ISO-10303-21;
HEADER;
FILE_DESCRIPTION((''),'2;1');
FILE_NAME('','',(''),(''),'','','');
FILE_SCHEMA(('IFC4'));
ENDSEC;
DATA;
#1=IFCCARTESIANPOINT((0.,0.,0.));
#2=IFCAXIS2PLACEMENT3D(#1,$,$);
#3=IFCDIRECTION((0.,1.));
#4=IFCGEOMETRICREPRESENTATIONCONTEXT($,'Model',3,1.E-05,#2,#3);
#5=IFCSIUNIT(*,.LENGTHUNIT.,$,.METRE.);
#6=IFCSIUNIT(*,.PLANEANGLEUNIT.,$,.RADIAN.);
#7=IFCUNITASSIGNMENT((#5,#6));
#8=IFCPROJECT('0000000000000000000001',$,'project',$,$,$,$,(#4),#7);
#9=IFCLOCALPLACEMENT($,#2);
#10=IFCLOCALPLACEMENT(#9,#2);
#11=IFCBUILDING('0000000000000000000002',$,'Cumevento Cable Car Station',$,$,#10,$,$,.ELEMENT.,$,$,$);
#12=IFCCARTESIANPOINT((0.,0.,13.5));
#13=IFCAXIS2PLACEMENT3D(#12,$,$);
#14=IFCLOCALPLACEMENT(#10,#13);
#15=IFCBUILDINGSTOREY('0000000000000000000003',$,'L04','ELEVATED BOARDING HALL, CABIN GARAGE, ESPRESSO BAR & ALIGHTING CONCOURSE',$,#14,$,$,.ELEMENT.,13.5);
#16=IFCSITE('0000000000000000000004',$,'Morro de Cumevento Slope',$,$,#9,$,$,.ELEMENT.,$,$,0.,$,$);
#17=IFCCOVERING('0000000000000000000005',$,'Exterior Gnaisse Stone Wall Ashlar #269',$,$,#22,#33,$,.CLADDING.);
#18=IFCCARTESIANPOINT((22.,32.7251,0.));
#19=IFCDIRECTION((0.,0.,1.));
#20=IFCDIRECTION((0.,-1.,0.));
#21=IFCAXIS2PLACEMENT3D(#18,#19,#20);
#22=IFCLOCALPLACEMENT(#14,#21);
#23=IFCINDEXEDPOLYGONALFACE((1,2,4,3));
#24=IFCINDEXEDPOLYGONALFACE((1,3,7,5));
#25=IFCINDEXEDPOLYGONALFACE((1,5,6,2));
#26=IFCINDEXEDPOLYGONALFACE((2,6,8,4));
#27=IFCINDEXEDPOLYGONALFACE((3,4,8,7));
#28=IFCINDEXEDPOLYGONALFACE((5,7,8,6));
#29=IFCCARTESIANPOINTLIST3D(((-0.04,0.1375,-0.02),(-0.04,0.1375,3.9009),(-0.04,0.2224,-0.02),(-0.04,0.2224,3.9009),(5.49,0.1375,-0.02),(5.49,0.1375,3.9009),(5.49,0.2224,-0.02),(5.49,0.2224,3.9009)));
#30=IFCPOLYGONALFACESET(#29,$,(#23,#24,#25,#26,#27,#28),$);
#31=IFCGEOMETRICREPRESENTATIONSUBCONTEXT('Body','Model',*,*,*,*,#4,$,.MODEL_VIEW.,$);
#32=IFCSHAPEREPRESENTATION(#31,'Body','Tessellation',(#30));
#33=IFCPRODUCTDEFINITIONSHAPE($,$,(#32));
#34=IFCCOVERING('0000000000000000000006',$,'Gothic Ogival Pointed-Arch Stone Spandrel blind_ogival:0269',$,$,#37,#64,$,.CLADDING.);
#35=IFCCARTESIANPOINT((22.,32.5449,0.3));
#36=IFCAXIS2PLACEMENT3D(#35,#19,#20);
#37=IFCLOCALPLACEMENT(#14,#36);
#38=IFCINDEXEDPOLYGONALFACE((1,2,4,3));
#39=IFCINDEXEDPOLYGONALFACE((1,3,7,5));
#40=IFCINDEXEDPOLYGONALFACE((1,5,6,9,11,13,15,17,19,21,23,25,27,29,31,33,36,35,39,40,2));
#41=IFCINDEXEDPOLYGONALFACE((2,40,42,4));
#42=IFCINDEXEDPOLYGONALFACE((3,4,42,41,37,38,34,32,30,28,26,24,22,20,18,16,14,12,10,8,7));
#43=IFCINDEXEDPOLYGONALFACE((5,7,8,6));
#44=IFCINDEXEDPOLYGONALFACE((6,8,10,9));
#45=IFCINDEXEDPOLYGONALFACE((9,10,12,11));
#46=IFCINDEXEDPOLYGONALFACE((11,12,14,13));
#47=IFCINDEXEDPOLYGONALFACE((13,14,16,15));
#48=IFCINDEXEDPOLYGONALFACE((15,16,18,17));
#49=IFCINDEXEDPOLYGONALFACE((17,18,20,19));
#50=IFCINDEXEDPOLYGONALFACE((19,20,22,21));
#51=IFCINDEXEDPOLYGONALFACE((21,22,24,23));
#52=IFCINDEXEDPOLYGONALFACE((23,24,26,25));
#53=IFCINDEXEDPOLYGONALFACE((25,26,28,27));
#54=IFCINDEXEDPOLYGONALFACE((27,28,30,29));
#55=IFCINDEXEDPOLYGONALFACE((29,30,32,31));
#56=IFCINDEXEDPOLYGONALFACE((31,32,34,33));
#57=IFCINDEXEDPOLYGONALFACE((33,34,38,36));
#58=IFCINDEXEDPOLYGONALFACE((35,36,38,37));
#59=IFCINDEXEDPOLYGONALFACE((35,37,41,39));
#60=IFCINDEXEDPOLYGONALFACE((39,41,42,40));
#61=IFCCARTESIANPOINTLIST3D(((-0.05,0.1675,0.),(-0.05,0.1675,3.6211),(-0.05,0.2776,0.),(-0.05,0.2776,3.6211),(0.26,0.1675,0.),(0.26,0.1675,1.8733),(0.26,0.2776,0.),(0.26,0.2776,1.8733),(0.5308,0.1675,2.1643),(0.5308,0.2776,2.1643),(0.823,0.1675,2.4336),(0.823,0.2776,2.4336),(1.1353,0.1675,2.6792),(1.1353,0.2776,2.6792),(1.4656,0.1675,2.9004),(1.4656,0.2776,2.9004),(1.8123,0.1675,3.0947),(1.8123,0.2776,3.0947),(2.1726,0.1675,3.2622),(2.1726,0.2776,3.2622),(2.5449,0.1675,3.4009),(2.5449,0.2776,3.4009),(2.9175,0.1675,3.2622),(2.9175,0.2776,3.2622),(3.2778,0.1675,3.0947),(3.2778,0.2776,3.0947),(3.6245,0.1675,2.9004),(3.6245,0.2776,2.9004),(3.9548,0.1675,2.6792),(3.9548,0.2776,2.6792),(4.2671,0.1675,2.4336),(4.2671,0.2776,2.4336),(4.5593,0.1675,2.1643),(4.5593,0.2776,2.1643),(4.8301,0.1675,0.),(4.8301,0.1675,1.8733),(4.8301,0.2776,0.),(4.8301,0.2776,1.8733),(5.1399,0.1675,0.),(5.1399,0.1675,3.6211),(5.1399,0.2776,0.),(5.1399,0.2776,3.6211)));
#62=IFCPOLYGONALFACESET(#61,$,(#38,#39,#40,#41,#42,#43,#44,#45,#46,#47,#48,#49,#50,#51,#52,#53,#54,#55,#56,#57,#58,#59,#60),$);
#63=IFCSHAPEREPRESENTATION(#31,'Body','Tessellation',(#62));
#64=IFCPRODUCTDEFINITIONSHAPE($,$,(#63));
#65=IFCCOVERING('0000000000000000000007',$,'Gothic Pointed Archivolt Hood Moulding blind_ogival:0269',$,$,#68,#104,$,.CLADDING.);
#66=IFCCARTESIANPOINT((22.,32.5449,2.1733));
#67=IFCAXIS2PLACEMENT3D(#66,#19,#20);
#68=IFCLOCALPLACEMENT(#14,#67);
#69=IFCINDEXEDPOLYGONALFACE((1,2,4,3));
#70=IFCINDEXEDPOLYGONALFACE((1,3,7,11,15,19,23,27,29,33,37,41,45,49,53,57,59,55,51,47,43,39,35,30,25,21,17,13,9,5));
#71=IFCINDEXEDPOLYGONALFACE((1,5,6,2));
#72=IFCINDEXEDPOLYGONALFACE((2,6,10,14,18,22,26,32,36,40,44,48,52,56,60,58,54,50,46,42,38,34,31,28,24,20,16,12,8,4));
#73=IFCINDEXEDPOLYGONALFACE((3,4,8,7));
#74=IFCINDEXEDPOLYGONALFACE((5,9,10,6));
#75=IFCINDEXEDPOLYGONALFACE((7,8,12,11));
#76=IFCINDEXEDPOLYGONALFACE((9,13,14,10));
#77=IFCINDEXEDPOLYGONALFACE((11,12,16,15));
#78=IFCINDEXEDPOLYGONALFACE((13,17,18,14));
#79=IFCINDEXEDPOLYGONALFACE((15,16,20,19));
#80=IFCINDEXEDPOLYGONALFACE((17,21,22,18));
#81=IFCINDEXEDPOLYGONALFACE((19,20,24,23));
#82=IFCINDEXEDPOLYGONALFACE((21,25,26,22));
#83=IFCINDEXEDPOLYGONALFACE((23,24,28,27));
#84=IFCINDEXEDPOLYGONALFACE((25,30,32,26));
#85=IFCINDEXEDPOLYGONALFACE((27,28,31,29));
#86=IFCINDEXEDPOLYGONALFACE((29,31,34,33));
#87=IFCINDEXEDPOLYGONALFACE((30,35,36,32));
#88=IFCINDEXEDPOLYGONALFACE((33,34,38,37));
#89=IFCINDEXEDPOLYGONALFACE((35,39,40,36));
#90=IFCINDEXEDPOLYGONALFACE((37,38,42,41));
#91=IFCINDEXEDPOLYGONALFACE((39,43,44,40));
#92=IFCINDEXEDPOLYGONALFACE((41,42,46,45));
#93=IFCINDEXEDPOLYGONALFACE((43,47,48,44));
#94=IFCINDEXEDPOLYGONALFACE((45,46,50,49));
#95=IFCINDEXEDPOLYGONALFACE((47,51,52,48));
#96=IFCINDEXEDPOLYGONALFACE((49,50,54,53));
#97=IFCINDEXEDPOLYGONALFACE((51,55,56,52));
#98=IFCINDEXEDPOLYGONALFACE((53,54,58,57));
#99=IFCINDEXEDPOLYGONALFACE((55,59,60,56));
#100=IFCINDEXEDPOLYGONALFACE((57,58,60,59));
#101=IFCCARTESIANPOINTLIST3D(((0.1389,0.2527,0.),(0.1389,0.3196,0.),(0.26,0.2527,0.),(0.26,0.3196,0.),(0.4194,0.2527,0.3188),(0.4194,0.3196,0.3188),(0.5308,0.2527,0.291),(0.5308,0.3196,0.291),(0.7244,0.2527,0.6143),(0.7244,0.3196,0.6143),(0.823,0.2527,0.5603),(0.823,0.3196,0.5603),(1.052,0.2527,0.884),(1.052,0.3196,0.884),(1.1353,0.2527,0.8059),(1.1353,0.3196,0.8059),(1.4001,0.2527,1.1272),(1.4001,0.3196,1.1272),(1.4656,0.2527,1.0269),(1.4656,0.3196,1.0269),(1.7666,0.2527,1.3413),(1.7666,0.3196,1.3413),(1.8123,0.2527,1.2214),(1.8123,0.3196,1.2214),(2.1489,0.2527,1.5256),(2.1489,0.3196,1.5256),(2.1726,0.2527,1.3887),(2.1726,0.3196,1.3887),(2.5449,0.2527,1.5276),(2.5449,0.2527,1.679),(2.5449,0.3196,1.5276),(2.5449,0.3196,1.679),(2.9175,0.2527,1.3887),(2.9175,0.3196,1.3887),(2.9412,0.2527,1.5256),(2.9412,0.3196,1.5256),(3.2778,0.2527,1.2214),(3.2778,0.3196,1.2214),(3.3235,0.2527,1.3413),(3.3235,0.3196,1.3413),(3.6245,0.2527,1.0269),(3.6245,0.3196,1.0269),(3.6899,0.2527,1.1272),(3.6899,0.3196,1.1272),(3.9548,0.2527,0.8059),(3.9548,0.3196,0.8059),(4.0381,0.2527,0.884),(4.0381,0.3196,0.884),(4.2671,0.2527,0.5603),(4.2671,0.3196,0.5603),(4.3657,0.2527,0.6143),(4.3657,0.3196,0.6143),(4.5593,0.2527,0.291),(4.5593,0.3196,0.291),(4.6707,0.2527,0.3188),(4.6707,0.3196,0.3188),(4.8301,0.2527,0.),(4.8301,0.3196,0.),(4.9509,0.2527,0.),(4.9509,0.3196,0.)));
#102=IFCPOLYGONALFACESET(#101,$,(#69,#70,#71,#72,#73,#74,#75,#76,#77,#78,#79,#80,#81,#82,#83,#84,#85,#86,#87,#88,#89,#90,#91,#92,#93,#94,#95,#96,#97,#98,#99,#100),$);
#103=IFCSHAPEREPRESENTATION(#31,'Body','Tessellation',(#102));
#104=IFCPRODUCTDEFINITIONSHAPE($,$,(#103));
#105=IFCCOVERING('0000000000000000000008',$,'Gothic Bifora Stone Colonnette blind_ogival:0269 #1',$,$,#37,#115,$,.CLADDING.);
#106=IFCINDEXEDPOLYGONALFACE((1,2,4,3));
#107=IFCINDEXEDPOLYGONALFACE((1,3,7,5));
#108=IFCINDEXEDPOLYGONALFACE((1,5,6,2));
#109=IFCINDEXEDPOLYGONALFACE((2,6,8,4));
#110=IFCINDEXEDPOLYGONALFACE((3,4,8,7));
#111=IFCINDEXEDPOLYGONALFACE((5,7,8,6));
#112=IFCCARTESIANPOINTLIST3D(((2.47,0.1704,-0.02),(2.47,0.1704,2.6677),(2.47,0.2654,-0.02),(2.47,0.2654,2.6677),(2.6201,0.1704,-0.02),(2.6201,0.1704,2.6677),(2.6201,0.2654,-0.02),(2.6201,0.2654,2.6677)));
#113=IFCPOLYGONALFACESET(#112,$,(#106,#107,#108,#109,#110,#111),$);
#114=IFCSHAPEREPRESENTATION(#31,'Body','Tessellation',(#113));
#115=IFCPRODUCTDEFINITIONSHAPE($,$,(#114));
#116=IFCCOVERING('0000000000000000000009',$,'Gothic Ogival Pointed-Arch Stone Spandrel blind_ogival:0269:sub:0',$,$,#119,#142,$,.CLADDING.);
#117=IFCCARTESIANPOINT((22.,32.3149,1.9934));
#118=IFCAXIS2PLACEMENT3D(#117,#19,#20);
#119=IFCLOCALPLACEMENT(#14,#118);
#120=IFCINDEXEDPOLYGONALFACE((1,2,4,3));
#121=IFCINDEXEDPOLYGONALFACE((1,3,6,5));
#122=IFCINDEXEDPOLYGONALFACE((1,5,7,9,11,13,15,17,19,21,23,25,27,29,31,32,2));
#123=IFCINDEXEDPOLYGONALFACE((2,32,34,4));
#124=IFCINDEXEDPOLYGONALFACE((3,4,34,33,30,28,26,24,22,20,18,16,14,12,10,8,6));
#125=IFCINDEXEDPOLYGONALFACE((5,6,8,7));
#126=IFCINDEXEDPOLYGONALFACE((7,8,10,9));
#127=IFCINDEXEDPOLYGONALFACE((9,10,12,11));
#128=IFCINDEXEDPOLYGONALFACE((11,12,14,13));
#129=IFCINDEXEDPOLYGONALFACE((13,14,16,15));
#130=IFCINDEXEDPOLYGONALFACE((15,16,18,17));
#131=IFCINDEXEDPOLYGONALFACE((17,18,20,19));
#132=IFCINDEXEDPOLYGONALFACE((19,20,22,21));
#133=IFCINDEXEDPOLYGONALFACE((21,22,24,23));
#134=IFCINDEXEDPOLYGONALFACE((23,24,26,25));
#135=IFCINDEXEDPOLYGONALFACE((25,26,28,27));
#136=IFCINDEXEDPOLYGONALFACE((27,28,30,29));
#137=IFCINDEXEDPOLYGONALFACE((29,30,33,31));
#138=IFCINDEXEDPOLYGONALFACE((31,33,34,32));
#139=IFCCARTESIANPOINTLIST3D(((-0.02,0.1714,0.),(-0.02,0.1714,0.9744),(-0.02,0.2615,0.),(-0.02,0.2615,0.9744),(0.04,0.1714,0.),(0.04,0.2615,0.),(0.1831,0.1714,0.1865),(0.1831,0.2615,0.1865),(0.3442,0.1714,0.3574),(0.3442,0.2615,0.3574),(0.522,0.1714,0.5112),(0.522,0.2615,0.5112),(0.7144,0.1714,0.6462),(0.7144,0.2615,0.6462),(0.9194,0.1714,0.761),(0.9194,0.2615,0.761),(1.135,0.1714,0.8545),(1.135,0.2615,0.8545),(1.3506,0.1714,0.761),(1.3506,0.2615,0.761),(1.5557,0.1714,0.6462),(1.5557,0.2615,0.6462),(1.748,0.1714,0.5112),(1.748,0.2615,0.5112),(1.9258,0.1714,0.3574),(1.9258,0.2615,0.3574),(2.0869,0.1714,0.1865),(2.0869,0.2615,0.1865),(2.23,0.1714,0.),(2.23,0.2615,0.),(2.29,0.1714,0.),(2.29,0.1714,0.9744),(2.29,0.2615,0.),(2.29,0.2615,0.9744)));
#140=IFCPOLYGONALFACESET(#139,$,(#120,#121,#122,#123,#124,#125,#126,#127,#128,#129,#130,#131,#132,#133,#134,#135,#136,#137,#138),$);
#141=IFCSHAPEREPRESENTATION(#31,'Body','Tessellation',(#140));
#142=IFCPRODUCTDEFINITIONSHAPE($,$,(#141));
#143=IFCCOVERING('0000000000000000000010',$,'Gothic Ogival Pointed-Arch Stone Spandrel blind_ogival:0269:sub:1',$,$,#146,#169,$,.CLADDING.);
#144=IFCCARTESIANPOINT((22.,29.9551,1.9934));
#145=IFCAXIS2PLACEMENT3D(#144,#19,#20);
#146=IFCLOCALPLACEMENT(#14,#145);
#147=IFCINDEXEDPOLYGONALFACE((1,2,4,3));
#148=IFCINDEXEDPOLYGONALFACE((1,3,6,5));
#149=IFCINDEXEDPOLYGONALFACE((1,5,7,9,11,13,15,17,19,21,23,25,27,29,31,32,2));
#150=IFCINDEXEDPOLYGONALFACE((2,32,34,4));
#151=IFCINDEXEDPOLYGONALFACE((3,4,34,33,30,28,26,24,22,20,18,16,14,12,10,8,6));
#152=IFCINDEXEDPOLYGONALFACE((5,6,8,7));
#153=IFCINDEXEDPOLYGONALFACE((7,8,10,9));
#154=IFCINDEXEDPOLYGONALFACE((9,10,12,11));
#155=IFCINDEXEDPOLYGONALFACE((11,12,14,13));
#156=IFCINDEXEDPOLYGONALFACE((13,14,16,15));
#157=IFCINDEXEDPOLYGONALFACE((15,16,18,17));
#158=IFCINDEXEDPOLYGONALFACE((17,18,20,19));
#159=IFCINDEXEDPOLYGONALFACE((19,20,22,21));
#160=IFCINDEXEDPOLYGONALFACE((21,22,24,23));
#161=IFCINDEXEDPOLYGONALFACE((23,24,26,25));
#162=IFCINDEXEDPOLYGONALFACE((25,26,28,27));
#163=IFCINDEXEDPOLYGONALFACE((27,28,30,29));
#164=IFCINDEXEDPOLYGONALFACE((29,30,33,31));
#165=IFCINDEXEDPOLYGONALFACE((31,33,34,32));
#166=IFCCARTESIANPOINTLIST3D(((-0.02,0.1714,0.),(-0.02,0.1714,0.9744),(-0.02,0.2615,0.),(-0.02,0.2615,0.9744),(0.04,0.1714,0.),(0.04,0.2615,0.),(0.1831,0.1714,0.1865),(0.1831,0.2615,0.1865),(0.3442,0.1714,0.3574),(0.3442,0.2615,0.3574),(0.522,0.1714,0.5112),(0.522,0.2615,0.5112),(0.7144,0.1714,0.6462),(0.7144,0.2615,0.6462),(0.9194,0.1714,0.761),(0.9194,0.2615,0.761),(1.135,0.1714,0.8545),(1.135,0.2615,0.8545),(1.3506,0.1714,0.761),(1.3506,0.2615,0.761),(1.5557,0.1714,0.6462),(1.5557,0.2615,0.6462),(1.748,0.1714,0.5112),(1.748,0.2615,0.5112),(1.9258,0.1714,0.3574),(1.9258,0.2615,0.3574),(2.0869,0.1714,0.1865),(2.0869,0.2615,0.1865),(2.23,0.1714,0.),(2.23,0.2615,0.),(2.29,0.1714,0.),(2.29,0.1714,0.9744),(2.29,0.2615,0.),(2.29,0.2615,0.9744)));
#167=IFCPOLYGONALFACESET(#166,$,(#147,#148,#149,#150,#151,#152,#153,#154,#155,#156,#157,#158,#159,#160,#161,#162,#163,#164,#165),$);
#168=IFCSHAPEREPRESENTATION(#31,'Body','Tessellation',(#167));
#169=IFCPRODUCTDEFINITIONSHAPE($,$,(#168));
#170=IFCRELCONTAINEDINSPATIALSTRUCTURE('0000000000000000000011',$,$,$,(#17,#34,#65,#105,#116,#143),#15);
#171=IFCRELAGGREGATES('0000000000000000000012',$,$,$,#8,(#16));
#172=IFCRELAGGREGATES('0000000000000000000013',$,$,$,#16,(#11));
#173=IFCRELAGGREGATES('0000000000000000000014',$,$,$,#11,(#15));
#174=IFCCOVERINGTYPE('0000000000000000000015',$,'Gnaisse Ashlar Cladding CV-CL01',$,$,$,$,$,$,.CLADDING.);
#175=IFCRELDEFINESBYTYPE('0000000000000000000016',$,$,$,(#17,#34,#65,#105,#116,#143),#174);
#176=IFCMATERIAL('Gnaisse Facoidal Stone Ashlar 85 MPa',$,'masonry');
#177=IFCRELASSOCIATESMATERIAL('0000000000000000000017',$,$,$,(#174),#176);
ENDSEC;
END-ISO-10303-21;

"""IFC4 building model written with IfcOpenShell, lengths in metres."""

from ifc_helpers import new_model, si_unit, direction, frame, origin, place, context, subcontext, project, spatial, polyline, outline, extrude, material, type_object, element, save


model = new_model("IFC4")

# Units and contexts
model_context = context("Model", 3, precision=1e-05, world=origin(), true_north=direction((0.0, 1.0)))
body_context = subcontext(model_context, "Body", "Model", "MODEL_VIEW")
ifc_project = project(units=[si_unit("LENGTHUNIT", "METRE"), si_unit("PLANEANGLEUNIT", "RADIAN")], contexts=[model_context])

# Site, building, storey
site_placement = place(None, origin())
site = spatial("IfcSite", under=ifc_project, at=site_placement, Name="Morro de Cumevento Slope", CompositionType="ELEMENT", RefElevation=0.0)
building_placement = place(site_placement, origin())
building = spatial("IfcBuilding", under=site, at=building_placement, Name="Cumevento Cable Car Station", CompositionType="ELEMENT")
storey_placement = place(building_placement, frame((0.0, 0.0, 13.5)))
storey = spatial("IfcBuildingStorey", under=building, at=storey_placement, Name="L04", Description="ELEVATED BOARDING HALL, CABIN GARAGE, ESPRESSO BAR & ALIGHTING CONCOURSE", CompositionType="ELEMENT", Elevation=13.5)

# Coverings
ifc_material_1 = material(Name="Gnaisse Facoidal Stone Ashlar 85 MPa", Category="masonry")
covering_type = type_object("IfcCoveringType", Name="Gnaisse Ashlar Cladding CV-CL01", PredefinedType="CLADDING", material=ifc_material_1)
covering_1_placement = place(storey_placement, frame((22.0, 32.7251, 0.0), z_axis=(0.0, 0.0, 1.0), x_axis=(0.0, -1.0, 0.0)))
element("IfcCovering", 1, at=covering_1_placement, inside=storey, type_object=covering_type, Name="Exterior Gnaisse Stone Wall Ashlar #269", PredefinedType="CLADDING", context=body_context, shape_type="SweptSolid", body=[
    extrude(outline(polyline([(-0.04, -0.02), (5.49, -0.02), (5.49, 3.9009), (-0.04, 3.9009), (-0.04, -0.02)])), frame((0.0, 0.2224, 0.0), z_axis=(0.0, -1.0, 0.0), x_axis=(1.0, 0.0, 0.0)), (0.0, 0.0, 1.0), 0.085),
])
placement = place(storey_placement, frame((22.0, 32.5449, 0.3), z_axis=(0.0, 0.0, 1.0), x_axis=(0.0, -1.0, 0.0)))
element("IfcCovering", 2, at=placement, inside=storey, type_object=covering_type, Name="Gothic Ogival Pointed-Arch Stone Spandrel blind_ogival:0269", PredefinedType="CLADDING", context=body_context, shape_type="SweptSolid", body=[
    extrude(outline(polyline([(-0.05, 0.0), (-0.05, 3.6211), (5.1399, 3.6211), (5.1399, 0.0), (4.8301, 0.0), (4.8301, 1.8733), (4.5593, 2.1643), (4.2671, 2.4336), (3.9548, 2.6792), (3.6245, 2.9004), (3.2778, 3.0947), (2.9175, 3.2622), (2.5449, 3.4009), (2.1726, 3.2622), (1.8123, 3.0947), (1.4656, 2.9004), (1.1353, 2.6792), (0.823, 2.4336), (0.5308, 2.1643), (0.26, 1.8733), (0.26, 0.0), (-0.05, 0.0)])), frame((0.0, 0.2776, 0.0), z_axis=(0.0, -1.0, 0.0), x_axis=(1.0, 0.0, 0.0)), (0.0, 0.0, 1.0), 0.1101),
])
covering_2_placement = place(storey_placement, frame((22.0, 32.5449, 2.1733), z_axis=(0.0, 0.0, 1.0), x_axis=(0.0, -1.0, 0.0)))
element("IfcCovering", 3, at=covering_2_placement, inside=storey, type_object=covering_type, Name="Gothic Pointed Archivolt Hood Moulding blind_ogival:0269", PredefinedType="CLADDING", context=body_context, shape_type="SweptSolid", body=[
    extrude(outline(polyline([(0.26, 0.0), (0.5308, 0.291), (0.823, 0.5603), (1.1353, 0.8059), (1.4656, 1.0269), (1.8123, 1.2214), (2.1726, 1.3887), (2.5449, 1.5276), (2.9175, 1.3887), (3.2778, 1.2214), (3.6245, 1.0269), (3.9548, 0.8059), (4.2671, 0.5603), (4.5593, 0.291), (4.8301, 0.0), (4.9509, 0.0), (4.6707, 0.3188), (4.3657, 0.6143), (4.0381, 0.884), (3.6899, 1.1272), (3.3235, 1.3413), (2.9412, 1.5256), (2.5449, 1.679), (2.1489, 1.5256), (1.7666, 1.3413), (1.4001, 1.1272), (1.052, 0.884), (0.7244, 0.6143), (0.4194, 0.3188), (0.1389, 0.0), (0.26, 0.0)])), frame((0.0, 0.3196, 0.0), z_axis=(0.0, -1.0, 0.0), x_axis=(1.0, 0.0, 0.0)), (0.0, 0.0, 1.0), 0.0669),
])
element("IfcCovering", 4, at=placement, inside=storey, type_object=covering_type, Name="Gothic Bifora Stone Colonnette blind_ogival:0269 #1", PredefinedType="CLADDING", context=body_context, shape_type="SweptSolid", body=[
    extrude(outline(polyline([(2.47, -0.02), (2.6201, -0.02), (2.6201, 2.6677), (2.47, 2.6677), (2.47, -0.02)])), frame((0.0, 0.2654, 0.0), z_axis=(0.0, -1.0, 0.0), x_axis=(1.0, 0.0, 0.0)), (0.0, 0.0, 1.0), 0.095),
])
for number, where, z_axis, x_axis, name in (
    (5, (22.0, 32.3149, 1.9934), (0.0, 0.0, 1.0), (0.0, -1.0, 0.0), "Gothic Ogival Pointed-Arch Stone Spandrel blind_ogival:0269:sub:0"),
    (6, (22.0, 29.9551, 1.9934), (0.0, 0.0, 1.0), (0.0, -1.0, 0.0), "Gothic Ogival Pointed-Arch Stone Spandrel blind_ogival:0269:sub:1"),
):
    element("IfcCovering", number, at=place(storey_placement, frame(where, z_axis=z_axis, x_axis=x_axis)), inside=storey, type_object=covering_type, Name=name, PredefinedType="CLADDING", context=body_context, shape_type="SweptSolid", body=[
        extrude(outline(polyline([(-0.02, 0.0), (-0.02, 0.9744), (2.29, 0.9744), (2.29, 0.0), (2.23, 0.0), (2.0869, 0.1865), (1.9258, 0.3574), (1.748, 0.5112), (1.5557, 0.6462), (1.3506, 0.761), (1.135, 0.8545), (0.9194, 0.761), (0.7144, 0.6462), (0.522, 0.5112), (0.3442, 0.3574), (0.1831, 0.1865), (0.04, 0.0), (-0.02, 0.0)])), frame((0.0, 0.2615, 0.0), z_axis=(0.0, -1.0, 0.0), x_axis=(1.0, 0.0, 0.0)), (0.0, 0.0, 1.0), 0.0901),
    ])

save(model, "model.ifc")
